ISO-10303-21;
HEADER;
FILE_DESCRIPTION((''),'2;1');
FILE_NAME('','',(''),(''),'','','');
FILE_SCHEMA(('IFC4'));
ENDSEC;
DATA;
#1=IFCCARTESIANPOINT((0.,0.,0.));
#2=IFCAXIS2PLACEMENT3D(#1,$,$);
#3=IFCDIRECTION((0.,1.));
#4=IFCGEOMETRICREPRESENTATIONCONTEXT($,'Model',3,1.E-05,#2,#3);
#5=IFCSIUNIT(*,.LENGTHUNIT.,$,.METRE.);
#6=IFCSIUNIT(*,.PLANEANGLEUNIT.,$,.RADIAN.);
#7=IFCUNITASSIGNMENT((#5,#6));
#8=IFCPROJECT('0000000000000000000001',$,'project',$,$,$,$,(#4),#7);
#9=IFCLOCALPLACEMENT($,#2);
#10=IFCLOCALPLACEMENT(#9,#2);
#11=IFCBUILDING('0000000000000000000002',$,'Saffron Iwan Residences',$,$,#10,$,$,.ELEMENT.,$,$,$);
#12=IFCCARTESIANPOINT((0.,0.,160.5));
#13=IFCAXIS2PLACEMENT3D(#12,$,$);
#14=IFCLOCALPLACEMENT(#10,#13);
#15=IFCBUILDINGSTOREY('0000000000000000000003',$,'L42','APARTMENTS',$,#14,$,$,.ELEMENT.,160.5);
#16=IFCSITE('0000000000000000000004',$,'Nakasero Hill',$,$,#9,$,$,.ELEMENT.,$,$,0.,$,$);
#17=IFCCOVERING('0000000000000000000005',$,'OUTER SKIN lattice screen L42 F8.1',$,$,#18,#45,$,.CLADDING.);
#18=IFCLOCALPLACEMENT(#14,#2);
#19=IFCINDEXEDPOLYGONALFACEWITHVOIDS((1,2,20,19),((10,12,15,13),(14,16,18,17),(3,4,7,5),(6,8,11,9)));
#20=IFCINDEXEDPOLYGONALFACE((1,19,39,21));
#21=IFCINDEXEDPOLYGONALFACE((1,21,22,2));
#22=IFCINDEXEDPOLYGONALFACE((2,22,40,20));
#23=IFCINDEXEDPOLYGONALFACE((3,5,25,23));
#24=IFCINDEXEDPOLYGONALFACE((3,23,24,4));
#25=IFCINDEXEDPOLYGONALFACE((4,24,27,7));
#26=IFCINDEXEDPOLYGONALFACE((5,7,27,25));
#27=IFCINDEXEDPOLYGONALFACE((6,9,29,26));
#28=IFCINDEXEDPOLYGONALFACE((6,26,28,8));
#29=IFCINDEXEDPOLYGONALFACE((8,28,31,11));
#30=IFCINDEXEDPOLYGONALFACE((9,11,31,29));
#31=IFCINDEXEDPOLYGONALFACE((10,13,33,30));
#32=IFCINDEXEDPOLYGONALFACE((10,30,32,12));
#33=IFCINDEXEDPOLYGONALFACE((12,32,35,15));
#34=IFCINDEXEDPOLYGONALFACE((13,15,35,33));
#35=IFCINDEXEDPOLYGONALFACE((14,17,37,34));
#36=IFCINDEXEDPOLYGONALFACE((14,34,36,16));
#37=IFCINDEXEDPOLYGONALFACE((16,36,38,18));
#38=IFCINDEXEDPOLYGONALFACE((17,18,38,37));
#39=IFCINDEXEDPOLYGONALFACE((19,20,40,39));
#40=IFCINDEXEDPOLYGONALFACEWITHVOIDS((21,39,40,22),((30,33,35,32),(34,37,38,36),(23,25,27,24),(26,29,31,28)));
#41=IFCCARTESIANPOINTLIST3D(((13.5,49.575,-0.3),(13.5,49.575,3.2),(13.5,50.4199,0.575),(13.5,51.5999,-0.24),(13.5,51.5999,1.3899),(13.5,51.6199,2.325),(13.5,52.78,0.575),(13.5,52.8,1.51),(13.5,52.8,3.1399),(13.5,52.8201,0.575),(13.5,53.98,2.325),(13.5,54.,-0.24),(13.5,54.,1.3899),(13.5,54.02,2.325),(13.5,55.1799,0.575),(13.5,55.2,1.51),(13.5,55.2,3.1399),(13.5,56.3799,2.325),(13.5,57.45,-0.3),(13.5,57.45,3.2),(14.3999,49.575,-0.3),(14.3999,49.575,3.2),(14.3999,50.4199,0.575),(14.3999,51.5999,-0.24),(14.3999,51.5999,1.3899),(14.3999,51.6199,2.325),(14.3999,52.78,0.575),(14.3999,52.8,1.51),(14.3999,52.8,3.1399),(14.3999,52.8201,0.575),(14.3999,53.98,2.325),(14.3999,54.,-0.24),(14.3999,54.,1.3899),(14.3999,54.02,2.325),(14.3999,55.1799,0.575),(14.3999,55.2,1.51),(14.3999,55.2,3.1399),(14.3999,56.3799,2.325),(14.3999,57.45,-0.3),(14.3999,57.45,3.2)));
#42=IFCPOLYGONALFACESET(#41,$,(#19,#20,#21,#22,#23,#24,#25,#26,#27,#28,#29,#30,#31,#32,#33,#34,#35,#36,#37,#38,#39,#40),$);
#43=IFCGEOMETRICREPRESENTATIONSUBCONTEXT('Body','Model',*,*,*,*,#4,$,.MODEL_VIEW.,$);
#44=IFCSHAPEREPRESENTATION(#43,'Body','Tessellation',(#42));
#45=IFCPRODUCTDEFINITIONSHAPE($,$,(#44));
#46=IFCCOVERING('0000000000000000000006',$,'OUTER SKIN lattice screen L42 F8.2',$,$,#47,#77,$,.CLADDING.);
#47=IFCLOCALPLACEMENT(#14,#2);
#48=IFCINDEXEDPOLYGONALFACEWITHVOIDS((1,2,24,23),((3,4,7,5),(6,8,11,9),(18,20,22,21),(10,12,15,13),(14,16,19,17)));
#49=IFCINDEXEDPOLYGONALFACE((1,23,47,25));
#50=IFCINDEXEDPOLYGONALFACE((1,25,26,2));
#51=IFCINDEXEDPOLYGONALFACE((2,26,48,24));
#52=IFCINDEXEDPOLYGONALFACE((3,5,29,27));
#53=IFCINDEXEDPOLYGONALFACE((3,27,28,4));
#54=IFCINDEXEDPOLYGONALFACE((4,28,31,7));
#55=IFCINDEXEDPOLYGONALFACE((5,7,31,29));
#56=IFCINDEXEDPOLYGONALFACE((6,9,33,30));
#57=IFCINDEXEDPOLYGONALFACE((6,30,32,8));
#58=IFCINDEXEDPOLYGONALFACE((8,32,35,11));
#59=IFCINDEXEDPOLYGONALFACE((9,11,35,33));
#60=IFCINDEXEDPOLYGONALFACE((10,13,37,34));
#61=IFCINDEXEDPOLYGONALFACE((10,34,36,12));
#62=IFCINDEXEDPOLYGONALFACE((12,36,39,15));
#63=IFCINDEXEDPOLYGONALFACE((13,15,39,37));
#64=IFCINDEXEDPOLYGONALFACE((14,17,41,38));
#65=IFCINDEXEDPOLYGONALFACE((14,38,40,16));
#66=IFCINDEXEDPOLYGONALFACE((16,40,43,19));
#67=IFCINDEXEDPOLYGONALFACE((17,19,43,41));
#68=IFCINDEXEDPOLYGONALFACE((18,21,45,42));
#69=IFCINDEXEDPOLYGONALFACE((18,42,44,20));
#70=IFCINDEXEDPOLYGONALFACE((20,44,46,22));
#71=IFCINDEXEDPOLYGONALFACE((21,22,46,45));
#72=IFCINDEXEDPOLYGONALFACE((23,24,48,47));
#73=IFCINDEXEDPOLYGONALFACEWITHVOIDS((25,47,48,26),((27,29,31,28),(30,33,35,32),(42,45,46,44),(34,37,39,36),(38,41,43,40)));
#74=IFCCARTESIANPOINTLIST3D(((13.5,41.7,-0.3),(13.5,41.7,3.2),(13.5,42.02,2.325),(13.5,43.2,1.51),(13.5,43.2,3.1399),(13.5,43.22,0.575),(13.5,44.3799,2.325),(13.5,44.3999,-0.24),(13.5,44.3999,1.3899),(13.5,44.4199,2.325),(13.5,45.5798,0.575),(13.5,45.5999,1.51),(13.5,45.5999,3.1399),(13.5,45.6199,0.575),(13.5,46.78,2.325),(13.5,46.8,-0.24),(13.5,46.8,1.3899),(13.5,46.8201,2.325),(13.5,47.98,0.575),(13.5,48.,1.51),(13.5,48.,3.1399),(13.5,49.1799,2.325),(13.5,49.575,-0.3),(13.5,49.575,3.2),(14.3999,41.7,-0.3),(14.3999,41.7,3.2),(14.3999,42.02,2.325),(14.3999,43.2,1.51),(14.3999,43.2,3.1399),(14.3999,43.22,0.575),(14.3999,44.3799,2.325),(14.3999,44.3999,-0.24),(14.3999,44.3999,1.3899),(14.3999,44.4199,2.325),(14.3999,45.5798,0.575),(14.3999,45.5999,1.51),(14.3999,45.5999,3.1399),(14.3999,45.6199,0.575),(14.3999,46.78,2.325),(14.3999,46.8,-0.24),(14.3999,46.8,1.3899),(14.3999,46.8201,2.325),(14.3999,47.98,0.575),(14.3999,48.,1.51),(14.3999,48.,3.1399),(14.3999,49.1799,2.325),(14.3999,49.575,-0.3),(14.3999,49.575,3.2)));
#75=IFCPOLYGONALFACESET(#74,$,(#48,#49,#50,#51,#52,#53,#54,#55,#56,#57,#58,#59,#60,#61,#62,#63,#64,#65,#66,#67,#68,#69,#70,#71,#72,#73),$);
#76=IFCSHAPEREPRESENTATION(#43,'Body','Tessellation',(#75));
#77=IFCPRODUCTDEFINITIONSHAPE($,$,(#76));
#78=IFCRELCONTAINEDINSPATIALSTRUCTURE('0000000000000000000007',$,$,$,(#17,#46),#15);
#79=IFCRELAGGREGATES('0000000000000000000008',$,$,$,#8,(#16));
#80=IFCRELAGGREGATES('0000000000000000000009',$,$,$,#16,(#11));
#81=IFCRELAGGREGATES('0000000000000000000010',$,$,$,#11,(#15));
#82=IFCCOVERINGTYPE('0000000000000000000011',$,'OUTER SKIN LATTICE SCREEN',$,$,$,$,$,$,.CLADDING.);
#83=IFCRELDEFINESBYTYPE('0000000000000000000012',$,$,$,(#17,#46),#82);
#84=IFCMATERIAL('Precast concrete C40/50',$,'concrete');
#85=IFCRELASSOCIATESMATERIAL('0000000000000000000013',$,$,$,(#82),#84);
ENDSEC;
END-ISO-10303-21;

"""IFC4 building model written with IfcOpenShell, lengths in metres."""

from ifc_helpers import new_model, si_unit, direction, frame, origin, place, context, subcontext, project, spatial, polyline, outline, extrude, material, type_object, element, save


model = new_model("IFC4")

# Units and contexts
model_context = context("Model", 3, precision=1e-05, world=origin(), true_north=direction((0.0, 1.0)))
body_context = subcontext(model_context, "Body", "Model", "MODEL_VIEW")
ifc_project = project(units=[si_unit("LENGTHUNIT", "METRE"), si_unit("PLANEANGLEUNIT", "RADIAN")], contexts=[model_context])

# Site, building, storey
site_placement = place(None, origin())
site = spatial("IfcSite", under=ifc_project, at=site_placement, Name="Nakasero Hill", CompositionType="ELEMENT", RefElevation=0.0)
building_placement = place(site_placement, origin())
building = spatial("IfcBuilding", under=site, at=building_placement, Name="Saffron Iwan Residences", CompositionType="ELEMENT")
storey_placement = place(building_placement, frame((0.0, 0.0, 160.5)))
storey = spatial("IfcBuildingStorey", under=building, at=storey_placement, Name="L42", Description="APARTMENTS", CompositionType="ELEMENT", Elevation=160.5)

# Coverings
ifc_material_1 = material(Name="Precast concrete C40/50", Category="concrete")
covering_type = type_object("IfcCoveringType", Name="OUTER SKIN LATTICE SCREEN", PredefinedType="CLADDING", material=ifc_material_1)
covering_1_placement = place(storey_placement, frame((14.3999, 57.45, -0.3), z_axis=(-1.0, 0.0, 0.0), x_axis=(0.0, -1.0, 0.0)))
element("IfcCovering", 1, at=covering_1_placement, inside=storey, type_object=covering_type, Name="OUTER SKIN lattice screen L42 F8.1", PredefinedType="CLADDING", context=body_context, shape_type="SweptSolid", body=[
    extrude(outline(polyline([(0.0, 0.0), (7.875, 0.0), (7.875, 3.5), (0.0, 3.5), (0.0, 0.0)]), holes=[polyline([(2.27, 0.875), (3.45, 0.0601), (4.6299, 0.875), (3.45, 1.6899), (2.27, 0.875)]), polyline([(4.6699, 0.875), (5.8501, 0.0601), (7.03, 0.875), (5.8501, 1.6899), (4.6699, 0.875)]), polyline([(1.0701, 2.625), (2.25, 1.8101), (3.4299, 2.625), (2.25, 3.4399), (1.0701, 2.625)]), polyline([(3.47, 2.625), (4.6499, 1.8101), (5.8301, 2.625), (4.6499, 3.4399), (3.47, 2.625)])]), origin(), (0.0, 0.0, 1.0), 0.8999),
])
covering_2_placement = place(storey_placement, frame((14.3999, 49.575, -0.3), z_axis=(-1.0, 0.0, 0.0), x_axis=(0.0, -1.0, 0.0)))
element("IfcCovering", 2, at=covering_2_placement, inside=storey, type_object=covering_type, Name="OUTER SKIN lattice screen L42 F8.2", PredefinedType="CLADDING", context=body_context, shape_type="SweptSolid", body=[
    extrude(outline(polyline([(0.0, 0.0), (7.875, 0.0), (7.875, 3.5), (0.0, 3.5), (0.0, 0.0)]), holes=[polyline([(1.595, 0.875), (2.7749, 0.0601), (3.9551, 0.875), (2.7749, 1.6899), (1.595, 0.875)]), polyline([(3.9951, 0.875), (5.175, 0.0601), (6.355, 0.875), (5.175, 1.6899), (3.9951, 0.875)]), polyline([(0.395, 2.625), (1.575, 1.8101), (2.7549, 2.625), (1.575, 3.4399), (0.395, 2.625)]), polyline([(2.7949, 2.625), (3.9751, 1.8101), (5.155, 2.625), (3.9751, 3.4399), (2.7949, 2.625)]), polyline([(5.1951, 2.625), (6.375, 1.8101), (7.5549, 2.625), (6.375, 3.4399), (5.1951, 2.625)])]), origin(), (0.0, 0.0, 1.0), 0.8999),
])

save(model, "model.ifc")
